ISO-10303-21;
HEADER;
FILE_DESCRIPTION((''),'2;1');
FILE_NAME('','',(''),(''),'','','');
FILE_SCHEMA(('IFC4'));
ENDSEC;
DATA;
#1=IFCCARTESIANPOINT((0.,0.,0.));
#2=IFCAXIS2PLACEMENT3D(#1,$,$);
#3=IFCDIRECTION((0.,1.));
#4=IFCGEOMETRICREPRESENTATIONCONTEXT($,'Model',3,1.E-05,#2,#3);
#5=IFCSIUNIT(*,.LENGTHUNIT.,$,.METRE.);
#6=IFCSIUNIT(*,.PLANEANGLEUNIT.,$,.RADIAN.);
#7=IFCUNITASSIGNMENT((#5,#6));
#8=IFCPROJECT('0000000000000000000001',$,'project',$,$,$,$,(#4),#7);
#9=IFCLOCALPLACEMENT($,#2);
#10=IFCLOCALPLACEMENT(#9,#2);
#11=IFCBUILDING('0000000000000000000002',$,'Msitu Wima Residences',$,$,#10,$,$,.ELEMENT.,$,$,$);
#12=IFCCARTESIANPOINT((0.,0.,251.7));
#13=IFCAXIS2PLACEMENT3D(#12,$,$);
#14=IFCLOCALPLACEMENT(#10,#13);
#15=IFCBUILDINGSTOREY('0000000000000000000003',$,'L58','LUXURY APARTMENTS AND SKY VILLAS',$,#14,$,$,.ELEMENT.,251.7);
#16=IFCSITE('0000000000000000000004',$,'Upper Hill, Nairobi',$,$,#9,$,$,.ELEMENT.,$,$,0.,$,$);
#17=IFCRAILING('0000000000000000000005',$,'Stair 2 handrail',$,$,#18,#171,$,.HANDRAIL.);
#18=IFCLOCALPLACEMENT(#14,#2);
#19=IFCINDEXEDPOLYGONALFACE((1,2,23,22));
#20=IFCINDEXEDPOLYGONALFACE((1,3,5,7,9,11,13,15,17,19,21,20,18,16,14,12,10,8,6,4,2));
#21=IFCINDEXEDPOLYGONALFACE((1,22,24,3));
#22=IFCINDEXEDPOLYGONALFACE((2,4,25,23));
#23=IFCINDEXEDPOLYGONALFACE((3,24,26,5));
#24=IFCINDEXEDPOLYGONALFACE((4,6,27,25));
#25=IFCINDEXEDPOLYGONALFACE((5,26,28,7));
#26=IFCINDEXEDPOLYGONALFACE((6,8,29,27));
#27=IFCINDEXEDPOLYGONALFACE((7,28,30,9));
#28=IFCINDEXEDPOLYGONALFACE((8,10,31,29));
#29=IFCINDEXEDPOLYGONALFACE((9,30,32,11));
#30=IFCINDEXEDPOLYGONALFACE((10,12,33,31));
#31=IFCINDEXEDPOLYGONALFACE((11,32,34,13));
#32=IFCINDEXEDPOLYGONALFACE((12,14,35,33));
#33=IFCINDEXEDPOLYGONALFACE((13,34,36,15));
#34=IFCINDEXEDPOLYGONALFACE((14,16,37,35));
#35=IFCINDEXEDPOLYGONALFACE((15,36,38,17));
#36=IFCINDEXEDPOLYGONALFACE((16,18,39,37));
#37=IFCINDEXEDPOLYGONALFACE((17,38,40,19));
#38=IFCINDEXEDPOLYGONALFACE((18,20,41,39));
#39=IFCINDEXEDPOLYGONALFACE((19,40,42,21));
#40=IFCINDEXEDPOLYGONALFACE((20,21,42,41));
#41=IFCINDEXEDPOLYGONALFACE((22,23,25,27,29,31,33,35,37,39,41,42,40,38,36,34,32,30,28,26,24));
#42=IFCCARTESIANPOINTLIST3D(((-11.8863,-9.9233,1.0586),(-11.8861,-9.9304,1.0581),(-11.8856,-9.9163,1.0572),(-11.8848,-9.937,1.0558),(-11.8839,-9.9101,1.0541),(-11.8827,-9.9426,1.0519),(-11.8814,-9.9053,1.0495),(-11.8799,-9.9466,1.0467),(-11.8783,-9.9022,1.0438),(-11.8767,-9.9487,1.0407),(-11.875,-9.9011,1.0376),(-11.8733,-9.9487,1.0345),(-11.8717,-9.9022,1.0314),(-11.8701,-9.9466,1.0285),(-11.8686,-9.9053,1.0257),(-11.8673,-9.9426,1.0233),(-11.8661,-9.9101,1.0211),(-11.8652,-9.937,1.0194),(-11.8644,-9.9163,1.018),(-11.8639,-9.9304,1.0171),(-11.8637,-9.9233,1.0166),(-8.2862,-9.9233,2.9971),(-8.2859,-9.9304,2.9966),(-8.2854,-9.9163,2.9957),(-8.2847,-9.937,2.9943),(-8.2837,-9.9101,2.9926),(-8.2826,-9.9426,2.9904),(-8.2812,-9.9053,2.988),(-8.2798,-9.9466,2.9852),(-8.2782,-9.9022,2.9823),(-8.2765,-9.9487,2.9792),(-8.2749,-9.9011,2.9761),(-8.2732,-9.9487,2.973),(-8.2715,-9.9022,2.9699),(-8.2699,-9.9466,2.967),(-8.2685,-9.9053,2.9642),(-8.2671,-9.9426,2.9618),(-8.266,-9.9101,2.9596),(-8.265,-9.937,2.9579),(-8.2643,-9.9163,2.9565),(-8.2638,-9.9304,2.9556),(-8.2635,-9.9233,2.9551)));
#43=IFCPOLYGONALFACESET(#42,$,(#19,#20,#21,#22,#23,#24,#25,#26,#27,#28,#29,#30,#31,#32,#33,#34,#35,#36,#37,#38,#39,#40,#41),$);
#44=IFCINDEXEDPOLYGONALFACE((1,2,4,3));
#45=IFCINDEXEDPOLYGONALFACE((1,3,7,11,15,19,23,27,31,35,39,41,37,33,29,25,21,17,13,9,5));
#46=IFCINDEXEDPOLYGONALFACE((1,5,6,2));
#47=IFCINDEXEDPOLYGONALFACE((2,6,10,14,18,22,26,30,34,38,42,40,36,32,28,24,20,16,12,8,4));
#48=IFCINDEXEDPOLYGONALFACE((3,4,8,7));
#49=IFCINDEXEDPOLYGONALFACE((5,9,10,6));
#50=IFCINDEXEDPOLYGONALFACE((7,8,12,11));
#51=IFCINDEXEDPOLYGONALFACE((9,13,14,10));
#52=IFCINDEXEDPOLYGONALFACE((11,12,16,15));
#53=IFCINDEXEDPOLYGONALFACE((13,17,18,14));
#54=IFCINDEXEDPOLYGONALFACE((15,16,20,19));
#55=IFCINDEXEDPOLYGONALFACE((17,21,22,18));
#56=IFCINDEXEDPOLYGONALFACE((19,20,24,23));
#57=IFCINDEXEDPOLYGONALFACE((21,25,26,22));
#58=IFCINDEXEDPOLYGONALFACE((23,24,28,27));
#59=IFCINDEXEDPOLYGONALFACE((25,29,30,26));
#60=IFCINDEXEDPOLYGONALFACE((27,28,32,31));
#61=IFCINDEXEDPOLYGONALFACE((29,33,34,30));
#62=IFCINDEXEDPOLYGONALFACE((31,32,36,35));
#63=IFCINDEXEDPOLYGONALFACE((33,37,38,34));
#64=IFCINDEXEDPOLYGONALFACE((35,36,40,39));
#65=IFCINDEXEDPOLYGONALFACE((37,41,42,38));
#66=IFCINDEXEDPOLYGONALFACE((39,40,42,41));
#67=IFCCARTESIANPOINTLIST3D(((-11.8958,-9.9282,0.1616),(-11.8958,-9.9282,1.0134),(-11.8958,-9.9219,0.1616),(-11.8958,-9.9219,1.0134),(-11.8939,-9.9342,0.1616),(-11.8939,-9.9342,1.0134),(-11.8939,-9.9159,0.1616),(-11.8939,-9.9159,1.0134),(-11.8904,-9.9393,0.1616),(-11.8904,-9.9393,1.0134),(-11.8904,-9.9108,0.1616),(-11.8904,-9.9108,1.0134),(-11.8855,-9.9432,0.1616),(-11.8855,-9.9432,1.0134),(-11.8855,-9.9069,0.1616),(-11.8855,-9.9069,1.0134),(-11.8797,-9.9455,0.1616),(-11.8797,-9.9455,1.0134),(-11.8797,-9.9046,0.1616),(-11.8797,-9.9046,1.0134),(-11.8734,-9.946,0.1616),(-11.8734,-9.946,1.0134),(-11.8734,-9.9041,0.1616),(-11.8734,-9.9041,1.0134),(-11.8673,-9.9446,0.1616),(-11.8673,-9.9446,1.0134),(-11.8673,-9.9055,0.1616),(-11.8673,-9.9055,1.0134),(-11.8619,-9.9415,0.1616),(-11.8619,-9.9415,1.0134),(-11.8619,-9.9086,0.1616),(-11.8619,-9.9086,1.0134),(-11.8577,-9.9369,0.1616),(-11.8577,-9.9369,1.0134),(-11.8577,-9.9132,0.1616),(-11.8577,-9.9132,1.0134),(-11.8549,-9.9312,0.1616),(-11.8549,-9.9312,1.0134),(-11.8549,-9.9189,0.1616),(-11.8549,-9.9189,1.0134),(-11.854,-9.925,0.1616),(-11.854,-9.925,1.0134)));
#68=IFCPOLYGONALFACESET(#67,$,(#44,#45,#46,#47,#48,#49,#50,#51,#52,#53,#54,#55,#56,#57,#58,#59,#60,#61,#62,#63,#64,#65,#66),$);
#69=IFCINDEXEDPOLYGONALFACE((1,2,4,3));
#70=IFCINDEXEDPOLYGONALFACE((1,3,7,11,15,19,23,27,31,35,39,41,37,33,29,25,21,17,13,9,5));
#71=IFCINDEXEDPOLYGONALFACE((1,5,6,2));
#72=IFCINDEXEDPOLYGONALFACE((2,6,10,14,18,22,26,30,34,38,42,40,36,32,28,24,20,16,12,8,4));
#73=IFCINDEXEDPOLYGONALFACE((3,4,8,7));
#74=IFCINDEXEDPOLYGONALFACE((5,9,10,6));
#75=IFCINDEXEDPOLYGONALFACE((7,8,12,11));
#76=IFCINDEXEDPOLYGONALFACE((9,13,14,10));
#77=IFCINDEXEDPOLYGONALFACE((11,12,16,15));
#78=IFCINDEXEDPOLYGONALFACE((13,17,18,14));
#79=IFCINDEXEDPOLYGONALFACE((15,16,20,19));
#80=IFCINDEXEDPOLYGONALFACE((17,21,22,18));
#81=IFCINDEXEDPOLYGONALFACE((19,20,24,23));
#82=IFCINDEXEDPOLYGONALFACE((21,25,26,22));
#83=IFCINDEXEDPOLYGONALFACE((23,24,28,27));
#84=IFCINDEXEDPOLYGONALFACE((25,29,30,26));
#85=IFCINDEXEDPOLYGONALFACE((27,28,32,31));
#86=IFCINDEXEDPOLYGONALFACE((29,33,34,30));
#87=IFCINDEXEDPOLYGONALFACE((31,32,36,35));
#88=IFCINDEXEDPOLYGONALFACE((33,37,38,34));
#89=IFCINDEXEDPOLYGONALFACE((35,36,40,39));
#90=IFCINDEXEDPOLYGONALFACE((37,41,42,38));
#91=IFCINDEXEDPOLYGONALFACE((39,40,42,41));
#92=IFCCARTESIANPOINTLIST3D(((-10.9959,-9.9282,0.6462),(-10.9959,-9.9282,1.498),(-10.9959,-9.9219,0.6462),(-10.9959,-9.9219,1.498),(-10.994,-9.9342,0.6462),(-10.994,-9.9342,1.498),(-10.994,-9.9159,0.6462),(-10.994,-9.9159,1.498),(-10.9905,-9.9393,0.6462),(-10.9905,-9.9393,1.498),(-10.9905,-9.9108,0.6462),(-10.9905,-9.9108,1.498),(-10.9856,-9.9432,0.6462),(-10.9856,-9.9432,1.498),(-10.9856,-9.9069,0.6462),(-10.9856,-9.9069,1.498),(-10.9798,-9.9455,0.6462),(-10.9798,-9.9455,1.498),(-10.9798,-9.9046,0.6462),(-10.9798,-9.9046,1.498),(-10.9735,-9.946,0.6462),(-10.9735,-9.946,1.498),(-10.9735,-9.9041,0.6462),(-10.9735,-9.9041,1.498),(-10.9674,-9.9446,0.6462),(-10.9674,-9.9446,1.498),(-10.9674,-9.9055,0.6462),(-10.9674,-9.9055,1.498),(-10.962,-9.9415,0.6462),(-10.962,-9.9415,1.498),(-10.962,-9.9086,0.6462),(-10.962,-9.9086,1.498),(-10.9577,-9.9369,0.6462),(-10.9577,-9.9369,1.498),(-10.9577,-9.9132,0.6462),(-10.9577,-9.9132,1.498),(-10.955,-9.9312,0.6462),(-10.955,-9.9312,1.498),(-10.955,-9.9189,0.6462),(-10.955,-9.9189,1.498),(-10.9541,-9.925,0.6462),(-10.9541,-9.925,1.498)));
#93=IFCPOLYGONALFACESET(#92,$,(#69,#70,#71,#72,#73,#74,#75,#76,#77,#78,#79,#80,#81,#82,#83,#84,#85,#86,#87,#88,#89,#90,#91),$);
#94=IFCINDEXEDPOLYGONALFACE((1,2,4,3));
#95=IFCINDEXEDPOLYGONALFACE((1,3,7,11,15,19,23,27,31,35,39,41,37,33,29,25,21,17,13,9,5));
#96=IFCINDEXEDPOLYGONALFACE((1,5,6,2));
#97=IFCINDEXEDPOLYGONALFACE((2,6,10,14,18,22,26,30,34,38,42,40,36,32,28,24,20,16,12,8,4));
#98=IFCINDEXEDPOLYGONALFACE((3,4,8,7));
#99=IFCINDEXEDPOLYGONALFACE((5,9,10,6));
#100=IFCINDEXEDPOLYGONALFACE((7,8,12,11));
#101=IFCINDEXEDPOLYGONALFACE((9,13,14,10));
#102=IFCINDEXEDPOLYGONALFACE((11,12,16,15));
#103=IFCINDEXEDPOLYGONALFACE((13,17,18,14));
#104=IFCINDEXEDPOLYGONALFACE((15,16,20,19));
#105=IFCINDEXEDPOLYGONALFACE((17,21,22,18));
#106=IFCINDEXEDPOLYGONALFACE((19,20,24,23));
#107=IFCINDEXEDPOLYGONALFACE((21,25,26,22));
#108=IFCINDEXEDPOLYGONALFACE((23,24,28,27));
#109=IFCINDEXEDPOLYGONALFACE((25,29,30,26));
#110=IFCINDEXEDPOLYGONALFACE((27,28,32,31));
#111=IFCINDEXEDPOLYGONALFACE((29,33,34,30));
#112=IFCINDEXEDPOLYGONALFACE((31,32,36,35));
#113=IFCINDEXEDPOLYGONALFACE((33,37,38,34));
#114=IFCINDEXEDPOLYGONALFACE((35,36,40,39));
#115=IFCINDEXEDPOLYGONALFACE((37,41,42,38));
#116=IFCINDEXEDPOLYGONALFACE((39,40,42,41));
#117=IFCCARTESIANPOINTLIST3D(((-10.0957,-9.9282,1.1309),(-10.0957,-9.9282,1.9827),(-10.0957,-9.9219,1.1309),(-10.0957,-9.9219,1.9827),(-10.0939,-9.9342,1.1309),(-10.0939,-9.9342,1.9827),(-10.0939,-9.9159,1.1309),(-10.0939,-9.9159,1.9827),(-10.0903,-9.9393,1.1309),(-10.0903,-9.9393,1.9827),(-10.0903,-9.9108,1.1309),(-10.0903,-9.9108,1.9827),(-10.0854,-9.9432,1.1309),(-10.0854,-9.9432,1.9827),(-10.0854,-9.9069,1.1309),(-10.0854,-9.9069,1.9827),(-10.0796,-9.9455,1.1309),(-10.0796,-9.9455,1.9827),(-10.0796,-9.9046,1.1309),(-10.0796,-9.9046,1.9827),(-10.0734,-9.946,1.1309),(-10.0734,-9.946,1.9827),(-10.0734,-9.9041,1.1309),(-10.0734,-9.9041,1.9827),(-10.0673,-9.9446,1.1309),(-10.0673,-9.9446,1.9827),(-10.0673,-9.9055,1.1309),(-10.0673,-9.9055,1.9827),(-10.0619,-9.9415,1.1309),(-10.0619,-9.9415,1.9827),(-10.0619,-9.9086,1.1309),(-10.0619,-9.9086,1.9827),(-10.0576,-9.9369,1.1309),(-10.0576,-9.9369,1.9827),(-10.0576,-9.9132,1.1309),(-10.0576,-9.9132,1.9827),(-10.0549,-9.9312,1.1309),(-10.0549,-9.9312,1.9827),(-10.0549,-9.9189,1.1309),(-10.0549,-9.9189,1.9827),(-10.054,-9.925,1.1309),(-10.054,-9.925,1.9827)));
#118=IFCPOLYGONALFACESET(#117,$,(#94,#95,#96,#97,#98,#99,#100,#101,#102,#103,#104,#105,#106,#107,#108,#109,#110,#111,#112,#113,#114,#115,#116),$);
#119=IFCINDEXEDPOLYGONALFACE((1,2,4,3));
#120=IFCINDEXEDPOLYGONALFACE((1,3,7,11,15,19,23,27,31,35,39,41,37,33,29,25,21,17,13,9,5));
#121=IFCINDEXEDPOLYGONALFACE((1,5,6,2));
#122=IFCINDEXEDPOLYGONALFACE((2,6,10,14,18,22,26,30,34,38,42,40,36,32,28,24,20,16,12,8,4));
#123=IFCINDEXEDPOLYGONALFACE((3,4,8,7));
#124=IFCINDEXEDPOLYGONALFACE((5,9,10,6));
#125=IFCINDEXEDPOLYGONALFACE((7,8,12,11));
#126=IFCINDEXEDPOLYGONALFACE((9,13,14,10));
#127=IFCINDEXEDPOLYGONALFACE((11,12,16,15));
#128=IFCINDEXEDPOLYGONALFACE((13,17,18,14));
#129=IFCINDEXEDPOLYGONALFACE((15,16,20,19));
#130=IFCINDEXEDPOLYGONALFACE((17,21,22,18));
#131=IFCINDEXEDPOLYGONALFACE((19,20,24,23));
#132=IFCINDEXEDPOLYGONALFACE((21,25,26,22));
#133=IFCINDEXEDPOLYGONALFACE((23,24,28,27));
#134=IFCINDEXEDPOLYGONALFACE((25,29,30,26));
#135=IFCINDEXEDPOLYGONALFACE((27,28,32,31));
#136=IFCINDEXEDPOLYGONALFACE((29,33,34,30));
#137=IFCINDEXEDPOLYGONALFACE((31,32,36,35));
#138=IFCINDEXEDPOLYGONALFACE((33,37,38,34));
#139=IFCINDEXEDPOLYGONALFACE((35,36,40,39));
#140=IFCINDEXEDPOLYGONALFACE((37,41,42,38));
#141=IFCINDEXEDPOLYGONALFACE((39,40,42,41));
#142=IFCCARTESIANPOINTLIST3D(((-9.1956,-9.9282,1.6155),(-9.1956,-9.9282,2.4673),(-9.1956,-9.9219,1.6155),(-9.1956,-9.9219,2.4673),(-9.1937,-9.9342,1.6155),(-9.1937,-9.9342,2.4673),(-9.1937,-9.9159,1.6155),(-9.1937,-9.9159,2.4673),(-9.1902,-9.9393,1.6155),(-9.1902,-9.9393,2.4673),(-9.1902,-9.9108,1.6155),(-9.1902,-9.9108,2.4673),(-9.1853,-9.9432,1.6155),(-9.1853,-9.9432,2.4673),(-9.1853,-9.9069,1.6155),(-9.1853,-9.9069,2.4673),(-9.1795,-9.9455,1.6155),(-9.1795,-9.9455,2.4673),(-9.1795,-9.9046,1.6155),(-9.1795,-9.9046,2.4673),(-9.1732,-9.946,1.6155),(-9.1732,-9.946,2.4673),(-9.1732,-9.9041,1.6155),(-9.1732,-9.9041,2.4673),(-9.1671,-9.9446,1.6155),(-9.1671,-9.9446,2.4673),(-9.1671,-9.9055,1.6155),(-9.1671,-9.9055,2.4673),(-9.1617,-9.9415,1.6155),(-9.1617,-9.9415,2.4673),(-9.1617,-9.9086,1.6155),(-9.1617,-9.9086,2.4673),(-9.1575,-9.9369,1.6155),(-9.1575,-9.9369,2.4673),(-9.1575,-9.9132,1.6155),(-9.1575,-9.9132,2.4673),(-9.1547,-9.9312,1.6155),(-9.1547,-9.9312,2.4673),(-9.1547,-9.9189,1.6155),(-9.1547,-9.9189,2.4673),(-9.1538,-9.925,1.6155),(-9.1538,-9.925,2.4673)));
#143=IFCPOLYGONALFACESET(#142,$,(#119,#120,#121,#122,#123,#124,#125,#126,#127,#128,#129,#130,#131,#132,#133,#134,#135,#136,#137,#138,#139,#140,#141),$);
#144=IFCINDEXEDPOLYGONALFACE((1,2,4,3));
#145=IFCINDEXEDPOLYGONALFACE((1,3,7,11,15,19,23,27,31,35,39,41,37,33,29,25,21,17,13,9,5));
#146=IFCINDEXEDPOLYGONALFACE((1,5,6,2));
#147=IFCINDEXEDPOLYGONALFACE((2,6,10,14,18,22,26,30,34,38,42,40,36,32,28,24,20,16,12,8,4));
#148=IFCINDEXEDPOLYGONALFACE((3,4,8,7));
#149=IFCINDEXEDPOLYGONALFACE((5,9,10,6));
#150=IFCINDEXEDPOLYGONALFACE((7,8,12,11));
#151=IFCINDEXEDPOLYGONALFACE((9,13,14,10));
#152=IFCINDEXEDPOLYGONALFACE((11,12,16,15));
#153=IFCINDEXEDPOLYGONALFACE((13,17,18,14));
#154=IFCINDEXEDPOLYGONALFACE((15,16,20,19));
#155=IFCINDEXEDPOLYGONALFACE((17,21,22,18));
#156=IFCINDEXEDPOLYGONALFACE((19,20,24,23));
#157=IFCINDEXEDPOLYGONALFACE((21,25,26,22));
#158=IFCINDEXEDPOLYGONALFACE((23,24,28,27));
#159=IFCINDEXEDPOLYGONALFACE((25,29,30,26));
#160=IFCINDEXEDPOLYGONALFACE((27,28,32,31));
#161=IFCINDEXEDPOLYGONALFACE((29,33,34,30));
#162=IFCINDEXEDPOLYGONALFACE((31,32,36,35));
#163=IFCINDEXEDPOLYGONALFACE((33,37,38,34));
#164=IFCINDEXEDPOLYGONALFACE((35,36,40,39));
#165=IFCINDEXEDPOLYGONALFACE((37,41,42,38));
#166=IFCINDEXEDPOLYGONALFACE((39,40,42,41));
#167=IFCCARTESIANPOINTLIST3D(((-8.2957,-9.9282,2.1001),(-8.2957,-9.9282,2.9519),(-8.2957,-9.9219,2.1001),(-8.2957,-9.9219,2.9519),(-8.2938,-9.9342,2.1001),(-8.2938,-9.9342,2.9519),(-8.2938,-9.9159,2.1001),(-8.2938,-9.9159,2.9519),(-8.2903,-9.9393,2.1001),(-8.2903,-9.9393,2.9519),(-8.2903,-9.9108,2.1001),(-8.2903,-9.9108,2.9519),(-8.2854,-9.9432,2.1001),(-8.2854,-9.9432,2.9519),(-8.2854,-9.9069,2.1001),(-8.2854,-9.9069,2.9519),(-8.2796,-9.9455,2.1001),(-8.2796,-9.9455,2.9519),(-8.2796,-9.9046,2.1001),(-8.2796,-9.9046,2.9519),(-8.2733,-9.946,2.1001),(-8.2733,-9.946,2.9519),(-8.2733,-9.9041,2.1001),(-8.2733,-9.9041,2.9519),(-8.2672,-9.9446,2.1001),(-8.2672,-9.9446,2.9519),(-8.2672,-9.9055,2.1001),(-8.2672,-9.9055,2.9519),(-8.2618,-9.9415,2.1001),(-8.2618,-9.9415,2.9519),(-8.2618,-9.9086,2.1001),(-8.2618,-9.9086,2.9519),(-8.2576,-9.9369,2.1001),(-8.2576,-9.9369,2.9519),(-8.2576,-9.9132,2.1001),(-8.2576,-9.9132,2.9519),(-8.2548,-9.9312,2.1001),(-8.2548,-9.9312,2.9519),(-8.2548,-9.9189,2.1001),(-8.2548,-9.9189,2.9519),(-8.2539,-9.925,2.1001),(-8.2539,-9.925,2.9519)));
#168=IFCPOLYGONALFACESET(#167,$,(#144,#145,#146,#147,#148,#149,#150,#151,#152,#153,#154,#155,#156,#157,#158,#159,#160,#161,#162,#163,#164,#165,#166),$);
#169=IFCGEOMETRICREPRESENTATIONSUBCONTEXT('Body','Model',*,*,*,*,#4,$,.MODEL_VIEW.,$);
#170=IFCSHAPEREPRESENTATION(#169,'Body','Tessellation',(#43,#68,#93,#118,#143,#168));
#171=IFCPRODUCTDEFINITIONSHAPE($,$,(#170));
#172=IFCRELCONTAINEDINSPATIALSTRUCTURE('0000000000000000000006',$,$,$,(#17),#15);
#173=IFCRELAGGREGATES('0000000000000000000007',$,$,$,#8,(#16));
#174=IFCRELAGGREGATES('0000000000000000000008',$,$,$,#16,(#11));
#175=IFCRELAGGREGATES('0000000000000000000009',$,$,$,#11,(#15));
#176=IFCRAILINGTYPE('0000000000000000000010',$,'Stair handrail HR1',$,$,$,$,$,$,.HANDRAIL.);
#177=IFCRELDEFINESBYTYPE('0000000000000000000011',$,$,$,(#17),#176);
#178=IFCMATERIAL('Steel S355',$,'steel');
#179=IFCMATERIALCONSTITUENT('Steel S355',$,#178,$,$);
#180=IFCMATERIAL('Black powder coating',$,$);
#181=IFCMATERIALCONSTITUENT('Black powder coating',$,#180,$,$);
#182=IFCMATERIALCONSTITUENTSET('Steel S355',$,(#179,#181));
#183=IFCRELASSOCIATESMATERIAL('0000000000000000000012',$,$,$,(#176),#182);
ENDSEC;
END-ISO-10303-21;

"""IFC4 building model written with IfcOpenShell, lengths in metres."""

from ifc_helpers import new_model, si_unit, direction, frame, origin, origin_2d, place, context, subcontext, project, spatial, circle, extrude, material, constituent, constituent_set, type_object, element, save


model = new_model("IFC4")

# Units and contexts
model_context = context("Model", 3, precision=1e-05, world=origin(), true_north=direction((0.0, 1.0)))
body_context = subcontext(model_context, "Body", "Model", "MODEL_VIEW")
ifc_project = project(units=[si_unit("LENGTHUNIT", "METRE"), si_unit("PLANEANGLEUNIT", "RADIAN")], contexts=[model_context])

# Site, building, storey
site_placement = place(None, origin())
site = spatial("IfcSite", under=ifc_project, at=site_placement, Name="Upper Hill, Nairobi", CompositionType="ELEMENT", RefElevation=0.0)
building_placement = place(site_placement, origin())
building = spatial("IfcBuilding", under=site, at=building_placement, Name="Msitu Wima Residences", CompositionType="ELEMENT")
storey_placement = place(building_placement, frame((0.0, 0.0, 251.7)))
storey = spatial("IfcBuildingStorey", under=building, at=storey_placement, Name="L58", Description="LUXURY APARTMENTS AND SKY VILLAS", CompositionType="ELEMENT", Elevation=251.7)

# Railing
ifc_material_1 = material(Name="Steel S355", Category="steel")
ifc_constituent_1 = constituent(ifc_material_1, Name="Steel S355")
ifc_material_2 = material(Name="Black powder coating")
ifc_constituent_2 = constituent(ifc_material_2, Name="Black powder coating")
ifc_constituent_set = constituent_set(constituents=[ifc_constituent_1, ifc_constituent_2], Name="Steel S355")
railing_type = type_object("IfcRailingType", Name="Stair handrail HR1", PredefinedType="HANDRAIL", material=ifc_constituent_set)
for number, where, name in (
    (1, (-11.875, -9.925, 0.1616), "Stair 2 handrail"),
):
    element("IfcRailing", number, at=place(storey_placement, frame(where)), inside=storey, type_object=railing_type, Name=name, PredefinedType="HANDRAIL", context=body_context, shape_type="SweptSolid", body=[
        extrude(circle(Radius=0.0239, at=origin_2d()), frame((0.0, 0.0, 0.876), z_axis=(0.880475, 0.0, 0.474093), x_axis=(0.0, 1.0, 0.0)), (0.0, 0.0, 1.0), 4.0889),
        extrude(circle(Radius=0.021, at=origin_2d()), origin(), (0.0, 0.0, 1.0), 0.8518),
        extrude(circle(Radius=0.021, at=origin_2d()), frame((0.8999, 0.0, 0.4846)), (0.0, 0.0, 1.0), 0.8518),
        extrude(circle(Radius=0.021, at=origin_2d()), frame((1.8, 0.0, 0.9692)), (0.0, 0.0, 1.0), 0.8518),
        extrude(circle(Radius=0.021, at=origin_2d()), frame((2.7002, 0.0, 1.4539)), (0.0, 0.0, 1.0), 0.8518),
        extrude(circle(Radius=0.021, at=origin_2d()), frame((3.6001, 0.0, 1.9385)), (0.0, 0.0, 1.0), 0.8518),
    ])

save(model, "model.ifc")
